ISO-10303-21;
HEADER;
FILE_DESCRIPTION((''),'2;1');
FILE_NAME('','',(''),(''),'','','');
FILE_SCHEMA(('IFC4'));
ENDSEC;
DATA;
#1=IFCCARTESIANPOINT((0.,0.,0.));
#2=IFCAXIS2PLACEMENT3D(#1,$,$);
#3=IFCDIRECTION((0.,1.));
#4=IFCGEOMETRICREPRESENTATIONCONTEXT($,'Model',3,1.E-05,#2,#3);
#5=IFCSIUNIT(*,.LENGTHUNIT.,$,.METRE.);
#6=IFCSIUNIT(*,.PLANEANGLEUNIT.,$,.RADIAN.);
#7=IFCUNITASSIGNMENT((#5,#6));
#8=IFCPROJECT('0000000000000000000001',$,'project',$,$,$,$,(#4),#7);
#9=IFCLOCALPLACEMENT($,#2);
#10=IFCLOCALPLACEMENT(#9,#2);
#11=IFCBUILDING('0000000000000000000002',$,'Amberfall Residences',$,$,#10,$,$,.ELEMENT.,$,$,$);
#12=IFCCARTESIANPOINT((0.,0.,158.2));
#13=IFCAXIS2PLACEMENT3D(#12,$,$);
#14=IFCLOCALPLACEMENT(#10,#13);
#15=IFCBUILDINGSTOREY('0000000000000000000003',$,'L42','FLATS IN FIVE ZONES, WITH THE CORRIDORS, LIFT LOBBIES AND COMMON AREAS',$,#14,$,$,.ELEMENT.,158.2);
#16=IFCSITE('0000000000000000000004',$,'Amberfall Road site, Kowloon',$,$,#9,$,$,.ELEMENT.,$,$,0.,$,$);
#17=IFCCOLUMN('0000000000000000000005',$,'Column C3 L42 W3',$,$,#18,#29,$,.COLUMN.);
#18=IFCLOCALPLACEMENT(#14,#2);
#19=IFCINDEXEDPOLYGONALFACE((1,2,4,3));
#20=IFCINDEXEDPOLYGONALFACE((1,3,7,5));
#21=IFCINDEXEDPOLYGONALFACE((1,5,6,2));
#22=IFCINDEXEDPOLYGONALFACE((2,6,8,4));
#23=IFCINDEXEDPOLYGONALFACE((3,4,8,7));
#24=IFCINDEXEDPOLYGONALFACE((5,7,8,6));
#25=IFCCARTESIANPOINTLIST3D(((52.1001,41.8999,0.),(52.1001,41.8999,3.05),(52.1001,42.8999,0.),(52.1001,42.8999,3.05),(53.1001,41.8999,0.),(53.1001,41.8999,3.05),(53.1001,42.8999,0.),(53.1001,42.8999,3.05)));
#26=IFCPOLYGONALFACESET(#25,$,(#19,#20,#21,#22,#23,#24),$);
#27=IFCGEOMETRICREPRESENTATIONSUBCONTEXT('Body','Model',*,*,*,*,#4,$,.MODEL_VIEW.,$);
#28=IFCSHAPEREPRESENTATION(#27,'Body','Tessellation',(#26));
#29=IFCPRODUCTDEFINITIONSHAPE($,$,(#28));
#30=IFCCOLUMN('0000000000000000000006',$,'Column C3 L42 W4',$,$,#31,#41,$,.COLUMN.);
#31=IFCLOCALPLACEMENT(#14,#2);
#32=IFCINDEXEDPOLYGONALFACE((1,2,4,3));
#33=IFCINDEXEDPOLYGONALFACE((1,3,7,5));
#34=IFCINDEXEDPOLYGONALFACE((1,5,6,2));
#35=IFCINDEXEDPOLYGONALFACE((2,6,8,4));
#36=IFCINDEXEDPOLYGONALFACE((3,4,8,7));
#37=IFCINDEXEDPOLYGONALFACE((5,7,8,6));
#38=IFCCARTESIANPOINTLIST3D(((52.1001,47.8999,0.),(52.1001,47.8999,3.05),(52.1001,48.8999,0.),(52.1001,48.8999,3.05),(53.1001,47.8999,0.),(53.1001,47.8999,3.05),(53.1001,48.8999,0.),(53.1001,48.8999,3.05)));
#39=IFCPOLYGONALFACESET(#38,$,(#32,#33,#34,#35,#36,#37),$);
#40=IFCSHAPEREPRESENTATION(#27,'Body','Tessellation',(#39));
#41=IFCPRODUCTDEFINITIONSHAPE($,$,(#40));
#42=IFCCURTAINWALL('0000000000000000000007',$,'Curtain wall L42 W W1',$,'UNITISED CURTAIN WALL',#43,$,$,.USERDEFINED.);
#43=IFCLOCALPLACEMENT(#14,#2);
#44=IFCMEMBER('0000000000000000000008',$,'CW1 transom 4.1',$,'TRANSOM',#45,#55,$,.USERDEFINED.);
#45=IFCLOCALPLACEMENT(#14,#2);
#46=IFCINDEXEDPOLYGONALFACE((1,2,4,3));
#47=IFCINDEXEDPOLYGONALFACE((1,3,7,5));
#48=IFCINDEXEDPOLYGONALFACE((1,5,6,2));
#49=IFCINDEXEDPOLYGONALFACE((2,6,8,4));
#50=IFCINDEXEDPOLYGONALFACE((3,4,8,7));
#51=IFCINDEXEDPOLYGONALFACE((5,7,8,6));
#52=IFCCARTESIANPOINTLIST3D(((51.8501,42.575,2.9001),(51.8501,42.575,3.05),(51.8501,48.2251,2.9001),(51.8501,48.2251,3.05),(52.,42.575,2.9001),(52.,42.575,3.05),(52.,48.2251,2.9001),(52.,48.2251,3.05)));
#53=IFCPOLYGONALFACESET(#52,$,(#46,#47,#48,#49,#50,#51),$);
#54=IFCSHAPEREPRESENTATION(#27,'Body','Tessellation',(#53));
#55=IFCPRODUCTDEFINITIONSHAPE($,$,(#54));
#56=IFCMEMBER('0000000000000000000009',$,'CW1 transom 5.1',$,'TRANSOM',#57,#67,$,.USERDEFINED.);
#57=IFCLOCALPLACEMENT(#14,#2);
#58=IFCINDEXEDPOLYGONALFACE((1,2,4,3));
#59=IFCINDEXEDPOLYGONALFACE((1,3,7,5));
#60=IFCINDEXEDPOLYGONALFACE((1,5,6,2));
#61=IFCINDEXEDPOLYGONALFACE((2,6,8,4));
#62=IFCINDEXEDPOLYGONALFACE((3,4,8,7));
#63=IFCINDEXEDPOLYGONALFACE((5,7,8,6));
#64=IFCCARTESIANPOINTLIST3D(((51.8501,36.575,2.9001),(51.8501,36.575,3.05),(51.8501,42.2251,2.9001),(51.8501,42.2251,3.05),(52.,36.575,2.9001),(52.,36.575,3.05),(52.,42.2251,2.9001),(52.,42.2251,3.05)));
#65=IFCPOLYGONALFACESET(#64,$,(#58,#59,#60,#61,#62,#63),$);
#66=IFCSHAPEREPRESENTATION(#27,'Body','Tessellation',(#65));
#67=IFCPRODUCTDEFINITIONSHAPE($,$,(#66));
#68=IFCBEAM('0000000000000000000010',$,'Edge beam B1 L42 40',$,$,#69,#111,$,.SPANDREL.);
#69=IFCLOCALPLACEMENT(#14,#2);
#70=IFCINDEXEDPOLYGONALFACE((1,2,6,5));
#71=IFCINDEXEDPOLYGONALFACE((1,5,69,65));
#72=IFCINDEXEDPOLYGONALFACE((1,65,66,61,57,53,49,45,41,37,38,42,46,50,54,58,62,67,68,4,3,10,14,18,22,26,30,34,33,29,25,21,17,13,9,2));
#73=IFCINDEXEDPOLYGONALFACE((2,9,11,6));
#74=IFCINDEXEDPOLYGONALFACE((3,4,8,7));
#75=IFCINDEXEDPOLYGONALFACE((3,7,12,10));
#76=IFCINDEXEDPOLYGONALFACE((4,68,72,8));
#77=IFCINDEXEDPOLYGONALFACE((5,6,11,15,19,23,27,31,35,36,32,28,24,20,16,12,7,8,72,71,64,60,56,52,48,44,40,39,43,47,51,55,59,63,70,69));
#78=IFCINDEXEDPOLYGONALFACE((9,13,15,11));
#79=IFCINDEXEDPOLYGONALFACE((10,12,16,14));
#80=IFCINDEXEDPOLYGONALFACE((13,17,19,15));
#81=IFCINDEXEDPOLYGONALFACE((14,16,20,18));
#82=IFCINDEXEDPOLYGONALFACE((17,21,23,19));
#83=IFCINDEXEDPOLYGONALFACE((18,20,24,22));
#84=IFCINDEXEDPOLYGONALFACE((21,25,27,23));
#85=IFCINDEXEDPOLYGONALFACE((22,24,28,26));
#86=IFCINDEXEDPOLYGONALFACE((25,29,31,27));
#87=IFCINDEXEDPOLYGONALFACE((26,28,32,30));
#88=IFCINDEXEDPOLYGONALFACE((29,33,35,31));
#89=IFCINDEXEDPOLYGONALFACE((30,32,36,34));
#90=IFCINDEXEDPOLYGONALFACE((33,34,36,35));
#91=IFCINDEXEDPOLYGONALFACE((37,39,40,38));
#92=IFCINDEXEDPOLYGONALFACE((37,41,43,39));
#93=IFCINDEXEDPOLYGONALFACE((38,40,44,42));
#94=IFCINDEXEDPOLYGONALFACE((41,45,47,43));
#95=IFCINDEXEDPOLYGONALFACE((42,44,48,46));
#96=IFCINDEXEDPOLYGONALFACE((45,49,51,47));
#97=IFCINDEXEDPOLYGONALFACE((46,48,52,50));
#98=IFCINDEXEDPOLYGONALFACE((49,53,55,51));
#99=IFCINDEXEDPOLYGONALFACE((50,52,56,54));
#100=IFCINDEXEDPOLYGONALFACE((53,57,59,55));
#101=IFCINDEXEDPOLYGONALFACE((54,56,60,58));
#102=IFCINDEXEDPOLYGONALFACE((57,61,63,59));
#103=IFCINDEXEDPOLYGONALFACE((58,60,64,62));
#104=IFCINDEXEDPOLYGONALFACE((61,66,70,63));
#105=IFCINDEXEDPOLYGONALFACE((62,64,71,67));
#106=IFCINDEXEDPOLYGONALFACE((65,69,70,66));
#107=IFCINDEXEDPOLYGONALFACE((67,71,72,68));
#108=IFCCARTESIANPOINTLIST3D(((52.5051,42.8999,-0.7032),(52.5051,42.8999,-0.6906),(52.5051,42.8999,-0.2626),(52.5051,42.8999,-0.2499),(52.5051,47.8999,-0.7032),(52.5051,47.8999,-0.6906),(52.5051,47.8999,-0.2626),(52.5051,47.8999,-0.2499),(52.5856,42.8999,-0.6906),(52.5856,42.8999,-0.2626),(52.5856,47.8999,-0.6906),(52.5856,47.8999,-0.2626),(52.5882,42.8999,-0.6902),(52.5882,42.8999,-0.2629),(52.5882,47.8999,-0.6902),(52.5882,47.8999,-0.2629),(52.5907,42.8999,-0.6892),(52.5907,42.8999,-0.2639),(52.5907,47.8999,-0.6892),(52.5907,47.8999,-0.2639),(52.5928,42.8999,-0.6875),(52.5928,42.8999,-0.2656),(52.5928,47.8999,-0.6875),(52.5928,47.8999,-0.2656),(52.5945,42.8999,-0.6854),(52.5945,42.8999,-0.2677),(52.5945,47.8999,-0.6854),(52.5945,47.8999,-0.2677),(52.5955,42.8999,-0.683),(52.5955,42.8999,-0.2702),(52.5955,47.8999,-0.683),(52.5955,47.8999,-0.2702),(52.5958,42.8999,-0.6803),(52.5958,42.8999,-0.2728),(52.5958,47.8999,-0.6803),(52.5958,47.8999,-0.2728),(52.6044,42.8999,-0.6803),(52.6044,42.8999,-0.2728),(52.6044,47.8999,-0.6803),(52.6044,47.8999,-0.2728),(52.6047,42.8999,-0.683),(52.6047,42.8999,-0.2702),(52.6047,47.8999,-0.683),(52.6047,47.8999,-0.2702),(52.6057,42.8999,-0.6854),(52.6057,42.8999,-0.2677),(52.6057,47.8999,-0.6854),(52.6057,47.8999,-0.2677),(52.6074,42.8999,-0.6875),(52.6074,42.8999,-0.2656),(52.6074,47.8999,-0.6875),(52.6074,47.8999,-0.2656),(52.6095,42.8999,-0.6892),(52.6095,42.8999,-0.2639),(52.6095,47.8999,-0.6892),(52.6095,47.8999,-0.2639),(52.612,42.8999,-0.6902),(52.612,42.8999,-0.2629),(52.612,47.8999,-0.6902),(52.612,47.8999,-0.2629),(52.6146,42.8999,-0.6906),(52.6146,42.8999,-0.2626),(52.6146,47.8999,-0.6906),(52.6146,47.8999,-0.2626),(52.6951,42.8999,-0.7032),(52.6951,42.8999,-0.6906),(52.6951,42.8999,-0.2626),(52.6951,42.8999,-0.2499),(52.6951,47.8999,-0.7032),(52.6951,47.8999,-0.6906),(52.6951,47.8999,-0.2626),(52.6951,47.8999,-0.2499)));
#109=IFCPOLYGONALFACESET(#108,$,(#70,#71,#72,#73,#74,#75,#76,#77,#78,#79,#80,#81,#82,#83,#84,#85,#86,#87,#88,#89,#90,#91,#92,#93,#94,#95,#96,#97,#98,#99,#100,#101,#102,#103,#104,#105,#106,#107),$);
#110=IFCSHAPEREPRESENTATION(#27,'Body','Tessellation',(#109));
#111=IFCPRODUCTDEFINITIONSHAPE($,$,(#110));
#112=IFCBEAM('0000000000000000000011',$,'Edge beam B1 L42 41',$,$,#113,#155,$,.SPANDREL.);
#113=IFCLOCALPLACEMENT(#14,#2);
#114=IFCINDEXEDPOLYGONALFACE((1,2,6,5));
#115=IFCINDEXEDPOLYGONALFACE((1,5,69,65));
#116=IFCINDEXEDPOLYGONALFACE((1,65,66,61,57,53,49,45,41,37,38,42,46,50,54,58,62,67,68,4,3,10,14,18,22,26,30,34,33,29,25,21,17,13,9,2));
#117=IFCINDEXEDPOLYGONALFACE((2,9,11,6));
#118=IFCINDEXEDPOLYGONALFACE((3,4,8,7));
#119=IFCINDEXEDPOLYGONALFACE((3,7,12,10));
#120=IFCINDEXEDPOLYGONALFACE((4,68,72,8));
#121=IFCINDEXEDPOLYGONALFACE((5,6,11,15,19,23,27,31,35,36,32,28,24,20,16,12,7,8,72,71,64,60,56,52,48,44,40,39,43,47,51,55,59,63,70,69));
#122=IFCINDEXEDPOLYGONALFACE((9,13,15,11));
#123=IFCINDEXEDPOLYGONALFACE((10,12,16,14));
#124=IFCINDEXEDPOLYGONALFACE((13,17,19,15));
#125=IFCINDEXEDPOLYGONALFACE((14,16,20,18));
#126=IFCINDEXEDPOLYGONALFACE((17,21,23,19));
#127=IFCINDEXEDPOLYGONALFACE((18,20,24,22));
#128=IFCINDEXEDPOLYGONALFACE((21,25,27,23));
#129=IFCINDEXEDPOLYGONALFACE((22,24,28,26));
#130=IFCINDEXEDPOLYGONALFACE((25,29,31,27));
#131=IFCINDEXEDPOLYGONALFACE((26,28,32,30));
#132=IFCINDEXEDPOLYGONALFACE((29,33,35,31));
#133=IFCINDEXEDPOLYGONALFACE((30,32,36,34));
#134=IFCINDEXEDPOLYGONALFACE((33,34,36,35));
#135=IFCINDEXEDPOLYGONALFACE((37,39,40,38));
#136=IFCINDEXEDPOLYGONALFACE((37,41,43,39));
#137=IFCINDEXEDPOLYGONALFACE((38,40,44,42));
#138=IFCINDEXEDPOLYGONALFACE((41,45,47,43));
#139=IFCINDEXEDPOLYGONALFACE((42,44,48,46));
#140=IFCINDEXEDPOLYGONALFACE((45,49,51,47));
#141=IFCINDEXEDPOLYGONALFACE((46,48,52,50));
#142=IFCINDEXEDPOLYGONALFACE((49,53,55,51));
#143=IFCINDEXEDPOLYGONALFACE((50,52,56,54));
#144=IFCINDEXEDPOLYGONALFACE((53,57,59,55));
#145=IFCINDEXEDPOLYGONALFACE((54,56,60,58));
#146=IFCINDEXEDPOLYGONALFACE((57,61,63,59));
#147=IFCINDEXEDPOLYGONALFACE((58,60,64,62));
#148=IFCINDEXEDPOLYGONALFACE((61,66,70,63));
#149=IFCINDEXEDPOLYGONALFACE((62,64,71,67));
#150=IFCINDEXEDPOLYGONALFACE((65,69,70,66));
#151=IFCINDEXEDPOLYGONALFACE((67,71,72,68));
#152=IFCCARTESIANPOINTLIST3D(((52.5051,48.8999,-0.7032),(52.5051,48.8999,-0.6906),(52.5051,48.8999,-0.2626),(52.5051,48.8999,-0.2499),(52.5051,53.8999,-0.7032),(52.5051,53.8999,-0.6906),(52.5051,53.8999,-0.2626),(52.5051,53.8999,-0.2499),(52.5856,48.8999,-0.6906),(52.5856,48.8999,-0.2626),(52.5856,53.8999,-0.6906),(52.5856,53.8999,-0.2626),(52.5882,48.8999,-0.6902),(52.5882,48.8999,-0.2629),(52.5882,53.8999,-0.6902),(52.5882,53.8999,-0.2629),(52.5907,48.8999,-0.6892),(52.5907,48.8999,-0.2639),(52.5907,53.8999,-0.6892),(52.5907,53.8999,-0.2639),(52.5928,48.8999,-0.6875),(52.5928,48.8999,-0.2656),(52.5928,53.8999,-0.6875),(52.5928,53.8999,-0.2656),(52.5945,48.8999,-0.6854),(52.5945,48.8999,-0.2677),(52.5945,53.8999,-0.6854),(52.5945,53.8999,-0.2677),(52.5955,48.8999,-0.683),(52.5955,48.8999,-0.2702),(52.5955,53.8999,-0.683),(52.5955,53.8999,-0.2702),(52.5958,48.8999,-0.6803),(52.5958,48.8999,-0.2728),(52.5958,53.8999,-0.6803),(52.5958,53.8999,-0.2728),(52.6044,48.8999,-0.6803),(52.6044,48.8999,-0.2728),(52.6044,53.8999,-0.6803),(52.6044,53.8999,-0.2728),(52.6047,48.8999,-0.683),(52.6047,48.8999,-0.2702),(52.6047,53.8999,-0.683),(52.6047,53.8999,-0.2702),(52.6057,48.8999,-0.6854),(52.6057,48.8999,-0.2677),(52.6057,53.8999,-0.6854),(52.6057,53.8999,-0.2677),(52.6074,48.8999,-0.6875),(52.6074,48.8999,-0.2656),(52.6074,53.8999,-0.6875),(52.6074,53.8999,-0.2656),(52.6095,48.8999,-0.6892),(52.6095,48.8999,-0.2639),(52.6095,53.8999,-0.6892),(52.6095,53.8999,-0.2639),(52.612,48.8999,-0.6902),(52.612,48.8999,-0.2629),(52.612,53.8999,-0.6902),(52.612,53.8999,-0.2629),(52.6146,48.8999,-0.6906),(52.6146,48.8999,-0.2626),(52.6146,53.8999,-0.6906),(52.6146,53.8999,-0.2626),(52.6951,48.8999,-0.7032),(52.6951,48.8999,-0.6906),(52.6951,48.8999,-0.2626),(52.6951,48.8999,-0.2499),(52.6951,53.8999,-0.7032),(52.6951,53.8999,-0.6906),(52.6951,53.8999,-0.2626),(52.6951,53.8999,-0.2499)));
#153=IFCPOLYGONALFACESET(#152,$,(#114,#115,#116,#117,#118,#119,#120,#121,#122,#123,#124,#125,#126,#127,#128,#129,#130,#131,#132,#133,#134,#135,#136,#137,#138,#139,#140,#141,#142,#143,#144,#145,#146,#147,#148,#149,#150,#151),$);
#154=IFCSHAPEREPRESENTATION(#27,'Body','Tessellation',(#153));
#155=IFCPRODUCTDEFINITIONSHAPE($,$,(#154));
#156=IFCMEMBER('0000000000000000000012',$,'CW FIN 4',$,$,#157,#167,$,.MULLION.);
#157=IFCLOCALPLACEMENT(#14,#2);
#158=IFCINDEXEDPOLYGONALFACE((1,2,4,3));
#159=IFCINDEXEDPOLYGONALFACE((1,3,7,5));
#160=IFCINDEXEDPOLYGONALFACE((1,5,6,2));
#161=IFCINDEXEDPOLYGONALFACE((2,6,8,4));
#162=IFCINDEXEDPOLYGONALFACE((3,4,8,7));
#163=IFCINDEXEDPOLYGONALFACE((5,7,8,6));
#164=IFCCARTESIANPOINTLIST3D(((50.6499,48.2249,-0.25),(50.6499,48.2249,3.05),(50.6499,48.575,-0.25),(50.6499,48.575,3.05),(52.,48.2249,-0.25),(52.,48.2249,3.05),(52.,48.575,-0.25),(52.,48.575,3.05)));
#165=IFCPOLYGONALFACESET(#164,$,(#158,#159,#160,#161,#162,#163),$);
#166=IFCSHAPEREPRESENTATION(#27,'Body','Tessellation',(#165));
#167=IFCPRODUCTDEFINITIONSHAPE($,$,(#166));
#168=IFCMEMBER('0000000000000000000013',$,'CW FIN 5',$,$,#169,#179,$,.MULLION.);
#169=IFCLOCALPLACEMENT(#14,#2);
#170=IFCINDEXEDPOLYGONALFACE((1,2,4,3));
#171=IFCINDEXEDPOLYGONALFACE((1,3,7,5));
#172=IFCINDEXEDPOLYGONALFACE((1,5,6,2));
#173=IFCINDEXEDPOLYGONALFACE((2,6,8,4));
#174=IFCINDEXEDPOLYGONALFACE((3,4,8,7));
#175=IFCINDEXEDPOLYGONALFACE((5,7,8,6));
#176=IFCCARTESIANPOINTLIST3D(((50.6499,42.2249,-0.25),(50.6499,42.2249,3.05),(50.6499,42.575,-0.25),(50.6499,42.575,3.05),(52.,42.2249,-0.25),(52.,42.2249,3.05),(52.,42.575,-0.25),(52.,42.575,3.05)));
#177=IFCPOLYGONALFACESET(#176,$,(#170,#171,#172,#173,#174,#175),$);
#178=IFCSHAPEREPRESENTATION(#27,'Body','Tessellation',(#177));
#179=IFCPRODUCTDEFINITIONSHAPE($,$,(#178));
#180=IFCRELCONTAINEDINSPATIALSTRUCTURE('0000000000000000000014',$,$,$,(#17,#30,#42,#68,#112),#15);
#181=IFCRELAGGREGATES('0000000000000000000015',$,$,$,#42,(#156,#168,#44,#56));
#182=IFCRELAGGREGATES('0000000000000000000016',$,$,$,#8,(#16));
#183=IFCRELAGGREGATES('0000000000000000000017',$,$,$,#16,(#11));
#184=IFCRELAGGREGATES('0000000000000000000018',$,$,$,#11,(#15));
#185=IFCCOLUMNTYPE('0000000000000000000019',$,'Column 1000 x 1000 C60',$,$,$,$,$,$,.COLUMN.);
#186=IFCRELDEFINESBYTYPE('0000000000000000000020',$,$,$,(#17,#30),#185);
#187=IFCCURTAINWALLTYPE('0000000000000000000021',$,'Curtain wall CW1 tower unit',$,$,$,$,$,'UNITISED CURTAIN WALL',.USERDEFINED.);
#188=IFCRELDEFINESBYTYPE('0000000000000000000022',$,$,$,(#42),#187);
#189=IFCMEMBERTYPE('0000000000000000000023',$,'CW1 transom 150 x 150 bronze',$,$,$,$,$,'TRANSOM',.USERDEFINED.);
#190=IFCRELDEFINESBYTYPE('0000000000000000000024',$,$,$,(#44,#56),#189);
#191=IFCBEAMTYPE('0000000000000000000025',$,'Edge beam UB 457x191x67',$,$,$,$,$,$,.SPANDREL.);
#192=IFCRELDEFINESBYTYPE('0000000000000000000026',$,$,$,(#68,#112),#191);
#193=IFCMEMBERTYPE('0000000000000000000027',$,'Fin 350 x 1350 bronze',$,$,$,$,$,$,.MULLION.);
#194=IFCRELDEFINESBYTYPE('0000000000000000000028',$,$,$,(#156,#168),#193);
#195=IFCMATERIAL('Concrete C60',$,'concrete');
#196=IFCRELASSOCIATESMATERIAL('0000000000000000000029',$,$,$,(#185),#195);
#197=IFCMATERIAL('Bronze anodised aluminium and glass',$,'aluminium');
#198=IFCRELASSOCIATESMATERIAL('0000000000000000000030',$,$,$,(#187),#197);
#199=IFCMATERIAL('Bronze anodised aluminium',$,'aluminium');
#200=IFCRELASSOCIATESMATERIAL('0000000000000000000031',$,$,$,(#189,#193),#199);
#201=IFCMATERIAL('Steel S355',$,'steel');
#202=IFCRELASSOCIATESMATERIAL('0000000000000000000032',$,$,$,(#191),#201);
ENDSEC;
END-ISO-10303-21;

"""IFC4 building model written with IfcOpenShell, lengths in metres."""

from ifc_helpers import new_model, si_unit, direction, frame, origin, origin_2d, place, context, subcontext, project, spatial, rectangle, i_section, extrude, material, material_profile, profile_set, type_object, element, aggregate, save


model = new_model("IFC4")

# Units and contexts
model_context = context("Model", 3, precision=1e-05, world=origin(), true_north=direction((0.0, 1.0)))
body_context = subcontext(model_context, "Body", "Model", "MODEL_VIEW")
ifc_project = project(units=[si_unit("LENGTHUNIT", "METRE"), si_unit("PLANEANGLEUNIT", "RADIAN")], contexts=[model_context])

# Site, building, storey
site_placement = place(None, origin())
site = spatial("IfcSite", under=ifc_project, at=site_placement, Name="Amberfall Road site, Kowloon", CompositionType="ELEMENT", RefElevation=0.0)
building_placement = place(site_placement, origin())
building = spatial("IfcBuilding", under=site, at=building_placement, Name="Amberfall Residences", CompositionType="ELEMENT")
storey_placement = place(building_placement, frame((0.0, 0.0, 158.2)))
storey = spatial("IfcBuildingStorey", under=building, at=storey_placement, Name="L42", Description="FLATS IN FIVE ZONES, WITH THE CORRIDORS, LIFT LOBBIES AND COMMON AREAS", CompositionType="ELEMENT", Elevation=158.2)

# Columns
ifc_material_1 = material(Name="Concrete C60", Category="concrete")
ifc_material_profile_1 = material_profile(ifc_material_1, rectangle(XDim=1.0, YDim=1.0, at=origin_2d()), Name="Column 1000 x 1000 C60")
ifc_profile_set_1 = profile_set([ifc_material_profile_1], Name="Concrete C60")
column_type = type_object("IfcColumnType", Name="Column 1000 x 1000 C60", PredefinedType="COLUMN", material=ifc_profile_set_1)
for number, where, z_axis, x_axis, name in (
    (1, (52.6001, 42.3999, 0.0), (0.0, 0.0, 1.0), (1.0, 0.0, 0.0), "Column C3 L42 W3"),
    (2, (52.6001, 48.3999, 0.0), (0.0, 0.0, 1.0), (1.0, 0.0, 0.0), "Column C3 L42 W4"),
):
    element("IfcColumn", number, at=place(storey_placement, frame(where, z_axis=z_axis, x_axis=x_axis)), inside=storey, type_object=column_type, Name=name, PredefinedType="COLUMN", context=body_context, shape_type="SweptSolid", body=[
        extrude(rectangle(XDim=1.0, YDim=1.0, at=origin_2d()), origin(), (0.0, 0.0, 1.0), 3.05),
    ])

# Curtain wall, members
ifc_material_2 = material(Name="Bronze anodised aluminium and glass", Category="aluminium")
curtain_wall_type = type_object("IfcCurtainWallType", Name="Curtain wall CW1 tower unit", ElementType="UNITISED CURTAIN WALL", PredefinedType="USERDEFINED", material=ifc_material_2)
curtain_wall_placement = place(storey_placement, origin())
curtain_wall = element("IfcCurtainWall", 3, at=curtain_wall_placement, inside=storey, type_object=curtain_wall_type, Name="Curtain wall L42 W W1", ObjectType="UNITISED CURTAIN WALL", PredefinedType="USERDEFINED")
ifc_material_3 = material(Name="Bronze anodised aluminium", Category="aluminium")
ifc_material_profile_2 = material_profile(ifc_material_3, rectangle(XDim=0.1499, YDim=0.1499, at=origin_2d()), Name="CW1 transom 150 x 150 bronze")
ifc_profile_set_2 = profile_set([ifc_material_profile_2], Name="Bronze anodised aluminium")
member_type_1 = type_object("IfcMemberType", Name="CW1 transom 150 x 150 bronze", ElementType="TRANSOM", PredefinedType="USERDEFINED", material=ifc_profile_set_2)
member_1_placement = place(storey_placement, frame((51.925, 48.2251, 2.9751), z_axis=(0.0, -1.0, 0.0), x_axis=(1.0, 0.0, 0.0)))
member_1 = element("IfcMember", 4, at=member_1_placement, type_object=member_type_1, Name="CW1 transom 4.1", ObjectType="TRANSOM", PredefinedType="USERDEFINED", context=body_context, shape_type="SweptSolid", body=[
    extrude(rectangle(XDim=0.1499, YDim=0.1499, at=origin_2d()), origin(), (0.0, 0.0, 1.0), 5.6501),
])
member_2_placement = place(storey_placement, frame((51.925, 42.2251, 2.9751), z_axis=(0.0, -1.0, 0.0), x_axis=(1.0, 0.0, 0.0)))
member_2 = element("IfcMember", 5, at=member_2_placement, type_object=member_type_1, Name="CW1 transom 5.1", ObjectType="TRANSOM", PredefinedType="USERDEFINED", context=body_context, shape_type="SweptSolid", body=[
    extrude(rectangle(XDim=0.1499, YDim=0.1499, at=origin_2d()), origin(), (0.0, 0.0, 1.0), 5.6501),
])

# Beams
ifc_material_4 = material(Name="Steel S355", Category="steel")
ifc_material_profile_3 = material_profile(ifc_material_4, i_section(OverallWidth=0.1899, OverallDepth=0.4534, WebThickness=0.0085, FlangeThickness=0.0127, FilletRadius=0.0103, at=origin_2d()), Name="UB 457x191x67")
ifc_profile_set_3 = profile_set([ifc_material_profile_3], Name="Steel S355")
beam_type_1 = type_object("IfcBeamType", Name="Edge beam UB 457x191x67", PredefinedType="SPANDREL", material=ifc_profile_set_3)
for number, where, z_axis, x_axis, name in (
    (6, (52.6001, 42.8999, -0.4766), (0.0, 1.0, 0.0), (-1.0, 0.0, 0.0), "Edge beam B1 L42 40"),
    (7, (52.6001, 48.8999, -0.4766), (0.0, 1.0, 0.0), (-1.0, 0.0, 0.0), "Edge beam B1 L42 41"),
):
    element("IfcBeam", number, at=place(storey_placement, frame(where, z_axis=z_axis, x_axis=x_axis)), inside=storey, type_object=beam_type_1, Name=name, PredefinedType="SPANDREL", context=body_context, shape_type="SweptSolid", body=[
        extrude(i_section(OverallWidth=0.1899, OverallDepth=0.4534, WebThickness=0.0085, FlangeThickness=0.0127, FilletRadius=0.0103, at=origin_2d()), origin(), (0.0, 0.0, 1.0), 5.0),
    ])

# Members
ifc_material_profile_4 = material_profile(ifc_material_3, rectangle(XDim=1.3501, YDim=0.3501, at=origin_2d()), Name="Fin 350 x 1350 bronze")
ifc_profile_set_4 = profile_set([ifc_material_profile_4], Name="Bronze anodised aluminium")
member_type_2 = type_object("IfcMemberType", Name="Fin 350 x 1350 bronze", PredefinedType="MULLION", material=ifc_profile_set_4)
member_3_placement = place(storey_placement, frame((51.325, 48.3999, -0.25), z_axis=(0.0, 0.0, 1.0), x_axis=(1.0, 0.0, 0.0)))
member_3 = element("IfcMember", 8, at=member_3_placement, type_object=member_type_2, Name="CW FIN 4", PredefinedType="MULLION", context=body_context, shape_type="SweptSolid", body=[
    extrude(rectangle(XDim=1.3501, YDim=0.3501, at=origin_2d()), origin(), (0.0, 0.0, 1.0), 3.3),
])
member_4_placement = place(storey_placement, frame((51.325, 42.3999, -0.25), z_axis=(0.0, 0.0, 1.0), x_axis=(1.0, 0.0, 0.0)))
member_4 = element("IfcMember", 9, at=member_4_placement, type_object=member_type_2, Name="CW FIN 5", PredefinedType="MULLION", context=body_context, shape_type="SweptSolid", body=[
    extrude(rectangle(XDim=1.3501, YDim=0.3501, at=origin_2d()), origin(), (0.0, 0.0, 1.0), 3.3),
])

aggregate(curtain_wall, [member_3, member_4, member_1, member_2])

save(model, "model.ifc")
